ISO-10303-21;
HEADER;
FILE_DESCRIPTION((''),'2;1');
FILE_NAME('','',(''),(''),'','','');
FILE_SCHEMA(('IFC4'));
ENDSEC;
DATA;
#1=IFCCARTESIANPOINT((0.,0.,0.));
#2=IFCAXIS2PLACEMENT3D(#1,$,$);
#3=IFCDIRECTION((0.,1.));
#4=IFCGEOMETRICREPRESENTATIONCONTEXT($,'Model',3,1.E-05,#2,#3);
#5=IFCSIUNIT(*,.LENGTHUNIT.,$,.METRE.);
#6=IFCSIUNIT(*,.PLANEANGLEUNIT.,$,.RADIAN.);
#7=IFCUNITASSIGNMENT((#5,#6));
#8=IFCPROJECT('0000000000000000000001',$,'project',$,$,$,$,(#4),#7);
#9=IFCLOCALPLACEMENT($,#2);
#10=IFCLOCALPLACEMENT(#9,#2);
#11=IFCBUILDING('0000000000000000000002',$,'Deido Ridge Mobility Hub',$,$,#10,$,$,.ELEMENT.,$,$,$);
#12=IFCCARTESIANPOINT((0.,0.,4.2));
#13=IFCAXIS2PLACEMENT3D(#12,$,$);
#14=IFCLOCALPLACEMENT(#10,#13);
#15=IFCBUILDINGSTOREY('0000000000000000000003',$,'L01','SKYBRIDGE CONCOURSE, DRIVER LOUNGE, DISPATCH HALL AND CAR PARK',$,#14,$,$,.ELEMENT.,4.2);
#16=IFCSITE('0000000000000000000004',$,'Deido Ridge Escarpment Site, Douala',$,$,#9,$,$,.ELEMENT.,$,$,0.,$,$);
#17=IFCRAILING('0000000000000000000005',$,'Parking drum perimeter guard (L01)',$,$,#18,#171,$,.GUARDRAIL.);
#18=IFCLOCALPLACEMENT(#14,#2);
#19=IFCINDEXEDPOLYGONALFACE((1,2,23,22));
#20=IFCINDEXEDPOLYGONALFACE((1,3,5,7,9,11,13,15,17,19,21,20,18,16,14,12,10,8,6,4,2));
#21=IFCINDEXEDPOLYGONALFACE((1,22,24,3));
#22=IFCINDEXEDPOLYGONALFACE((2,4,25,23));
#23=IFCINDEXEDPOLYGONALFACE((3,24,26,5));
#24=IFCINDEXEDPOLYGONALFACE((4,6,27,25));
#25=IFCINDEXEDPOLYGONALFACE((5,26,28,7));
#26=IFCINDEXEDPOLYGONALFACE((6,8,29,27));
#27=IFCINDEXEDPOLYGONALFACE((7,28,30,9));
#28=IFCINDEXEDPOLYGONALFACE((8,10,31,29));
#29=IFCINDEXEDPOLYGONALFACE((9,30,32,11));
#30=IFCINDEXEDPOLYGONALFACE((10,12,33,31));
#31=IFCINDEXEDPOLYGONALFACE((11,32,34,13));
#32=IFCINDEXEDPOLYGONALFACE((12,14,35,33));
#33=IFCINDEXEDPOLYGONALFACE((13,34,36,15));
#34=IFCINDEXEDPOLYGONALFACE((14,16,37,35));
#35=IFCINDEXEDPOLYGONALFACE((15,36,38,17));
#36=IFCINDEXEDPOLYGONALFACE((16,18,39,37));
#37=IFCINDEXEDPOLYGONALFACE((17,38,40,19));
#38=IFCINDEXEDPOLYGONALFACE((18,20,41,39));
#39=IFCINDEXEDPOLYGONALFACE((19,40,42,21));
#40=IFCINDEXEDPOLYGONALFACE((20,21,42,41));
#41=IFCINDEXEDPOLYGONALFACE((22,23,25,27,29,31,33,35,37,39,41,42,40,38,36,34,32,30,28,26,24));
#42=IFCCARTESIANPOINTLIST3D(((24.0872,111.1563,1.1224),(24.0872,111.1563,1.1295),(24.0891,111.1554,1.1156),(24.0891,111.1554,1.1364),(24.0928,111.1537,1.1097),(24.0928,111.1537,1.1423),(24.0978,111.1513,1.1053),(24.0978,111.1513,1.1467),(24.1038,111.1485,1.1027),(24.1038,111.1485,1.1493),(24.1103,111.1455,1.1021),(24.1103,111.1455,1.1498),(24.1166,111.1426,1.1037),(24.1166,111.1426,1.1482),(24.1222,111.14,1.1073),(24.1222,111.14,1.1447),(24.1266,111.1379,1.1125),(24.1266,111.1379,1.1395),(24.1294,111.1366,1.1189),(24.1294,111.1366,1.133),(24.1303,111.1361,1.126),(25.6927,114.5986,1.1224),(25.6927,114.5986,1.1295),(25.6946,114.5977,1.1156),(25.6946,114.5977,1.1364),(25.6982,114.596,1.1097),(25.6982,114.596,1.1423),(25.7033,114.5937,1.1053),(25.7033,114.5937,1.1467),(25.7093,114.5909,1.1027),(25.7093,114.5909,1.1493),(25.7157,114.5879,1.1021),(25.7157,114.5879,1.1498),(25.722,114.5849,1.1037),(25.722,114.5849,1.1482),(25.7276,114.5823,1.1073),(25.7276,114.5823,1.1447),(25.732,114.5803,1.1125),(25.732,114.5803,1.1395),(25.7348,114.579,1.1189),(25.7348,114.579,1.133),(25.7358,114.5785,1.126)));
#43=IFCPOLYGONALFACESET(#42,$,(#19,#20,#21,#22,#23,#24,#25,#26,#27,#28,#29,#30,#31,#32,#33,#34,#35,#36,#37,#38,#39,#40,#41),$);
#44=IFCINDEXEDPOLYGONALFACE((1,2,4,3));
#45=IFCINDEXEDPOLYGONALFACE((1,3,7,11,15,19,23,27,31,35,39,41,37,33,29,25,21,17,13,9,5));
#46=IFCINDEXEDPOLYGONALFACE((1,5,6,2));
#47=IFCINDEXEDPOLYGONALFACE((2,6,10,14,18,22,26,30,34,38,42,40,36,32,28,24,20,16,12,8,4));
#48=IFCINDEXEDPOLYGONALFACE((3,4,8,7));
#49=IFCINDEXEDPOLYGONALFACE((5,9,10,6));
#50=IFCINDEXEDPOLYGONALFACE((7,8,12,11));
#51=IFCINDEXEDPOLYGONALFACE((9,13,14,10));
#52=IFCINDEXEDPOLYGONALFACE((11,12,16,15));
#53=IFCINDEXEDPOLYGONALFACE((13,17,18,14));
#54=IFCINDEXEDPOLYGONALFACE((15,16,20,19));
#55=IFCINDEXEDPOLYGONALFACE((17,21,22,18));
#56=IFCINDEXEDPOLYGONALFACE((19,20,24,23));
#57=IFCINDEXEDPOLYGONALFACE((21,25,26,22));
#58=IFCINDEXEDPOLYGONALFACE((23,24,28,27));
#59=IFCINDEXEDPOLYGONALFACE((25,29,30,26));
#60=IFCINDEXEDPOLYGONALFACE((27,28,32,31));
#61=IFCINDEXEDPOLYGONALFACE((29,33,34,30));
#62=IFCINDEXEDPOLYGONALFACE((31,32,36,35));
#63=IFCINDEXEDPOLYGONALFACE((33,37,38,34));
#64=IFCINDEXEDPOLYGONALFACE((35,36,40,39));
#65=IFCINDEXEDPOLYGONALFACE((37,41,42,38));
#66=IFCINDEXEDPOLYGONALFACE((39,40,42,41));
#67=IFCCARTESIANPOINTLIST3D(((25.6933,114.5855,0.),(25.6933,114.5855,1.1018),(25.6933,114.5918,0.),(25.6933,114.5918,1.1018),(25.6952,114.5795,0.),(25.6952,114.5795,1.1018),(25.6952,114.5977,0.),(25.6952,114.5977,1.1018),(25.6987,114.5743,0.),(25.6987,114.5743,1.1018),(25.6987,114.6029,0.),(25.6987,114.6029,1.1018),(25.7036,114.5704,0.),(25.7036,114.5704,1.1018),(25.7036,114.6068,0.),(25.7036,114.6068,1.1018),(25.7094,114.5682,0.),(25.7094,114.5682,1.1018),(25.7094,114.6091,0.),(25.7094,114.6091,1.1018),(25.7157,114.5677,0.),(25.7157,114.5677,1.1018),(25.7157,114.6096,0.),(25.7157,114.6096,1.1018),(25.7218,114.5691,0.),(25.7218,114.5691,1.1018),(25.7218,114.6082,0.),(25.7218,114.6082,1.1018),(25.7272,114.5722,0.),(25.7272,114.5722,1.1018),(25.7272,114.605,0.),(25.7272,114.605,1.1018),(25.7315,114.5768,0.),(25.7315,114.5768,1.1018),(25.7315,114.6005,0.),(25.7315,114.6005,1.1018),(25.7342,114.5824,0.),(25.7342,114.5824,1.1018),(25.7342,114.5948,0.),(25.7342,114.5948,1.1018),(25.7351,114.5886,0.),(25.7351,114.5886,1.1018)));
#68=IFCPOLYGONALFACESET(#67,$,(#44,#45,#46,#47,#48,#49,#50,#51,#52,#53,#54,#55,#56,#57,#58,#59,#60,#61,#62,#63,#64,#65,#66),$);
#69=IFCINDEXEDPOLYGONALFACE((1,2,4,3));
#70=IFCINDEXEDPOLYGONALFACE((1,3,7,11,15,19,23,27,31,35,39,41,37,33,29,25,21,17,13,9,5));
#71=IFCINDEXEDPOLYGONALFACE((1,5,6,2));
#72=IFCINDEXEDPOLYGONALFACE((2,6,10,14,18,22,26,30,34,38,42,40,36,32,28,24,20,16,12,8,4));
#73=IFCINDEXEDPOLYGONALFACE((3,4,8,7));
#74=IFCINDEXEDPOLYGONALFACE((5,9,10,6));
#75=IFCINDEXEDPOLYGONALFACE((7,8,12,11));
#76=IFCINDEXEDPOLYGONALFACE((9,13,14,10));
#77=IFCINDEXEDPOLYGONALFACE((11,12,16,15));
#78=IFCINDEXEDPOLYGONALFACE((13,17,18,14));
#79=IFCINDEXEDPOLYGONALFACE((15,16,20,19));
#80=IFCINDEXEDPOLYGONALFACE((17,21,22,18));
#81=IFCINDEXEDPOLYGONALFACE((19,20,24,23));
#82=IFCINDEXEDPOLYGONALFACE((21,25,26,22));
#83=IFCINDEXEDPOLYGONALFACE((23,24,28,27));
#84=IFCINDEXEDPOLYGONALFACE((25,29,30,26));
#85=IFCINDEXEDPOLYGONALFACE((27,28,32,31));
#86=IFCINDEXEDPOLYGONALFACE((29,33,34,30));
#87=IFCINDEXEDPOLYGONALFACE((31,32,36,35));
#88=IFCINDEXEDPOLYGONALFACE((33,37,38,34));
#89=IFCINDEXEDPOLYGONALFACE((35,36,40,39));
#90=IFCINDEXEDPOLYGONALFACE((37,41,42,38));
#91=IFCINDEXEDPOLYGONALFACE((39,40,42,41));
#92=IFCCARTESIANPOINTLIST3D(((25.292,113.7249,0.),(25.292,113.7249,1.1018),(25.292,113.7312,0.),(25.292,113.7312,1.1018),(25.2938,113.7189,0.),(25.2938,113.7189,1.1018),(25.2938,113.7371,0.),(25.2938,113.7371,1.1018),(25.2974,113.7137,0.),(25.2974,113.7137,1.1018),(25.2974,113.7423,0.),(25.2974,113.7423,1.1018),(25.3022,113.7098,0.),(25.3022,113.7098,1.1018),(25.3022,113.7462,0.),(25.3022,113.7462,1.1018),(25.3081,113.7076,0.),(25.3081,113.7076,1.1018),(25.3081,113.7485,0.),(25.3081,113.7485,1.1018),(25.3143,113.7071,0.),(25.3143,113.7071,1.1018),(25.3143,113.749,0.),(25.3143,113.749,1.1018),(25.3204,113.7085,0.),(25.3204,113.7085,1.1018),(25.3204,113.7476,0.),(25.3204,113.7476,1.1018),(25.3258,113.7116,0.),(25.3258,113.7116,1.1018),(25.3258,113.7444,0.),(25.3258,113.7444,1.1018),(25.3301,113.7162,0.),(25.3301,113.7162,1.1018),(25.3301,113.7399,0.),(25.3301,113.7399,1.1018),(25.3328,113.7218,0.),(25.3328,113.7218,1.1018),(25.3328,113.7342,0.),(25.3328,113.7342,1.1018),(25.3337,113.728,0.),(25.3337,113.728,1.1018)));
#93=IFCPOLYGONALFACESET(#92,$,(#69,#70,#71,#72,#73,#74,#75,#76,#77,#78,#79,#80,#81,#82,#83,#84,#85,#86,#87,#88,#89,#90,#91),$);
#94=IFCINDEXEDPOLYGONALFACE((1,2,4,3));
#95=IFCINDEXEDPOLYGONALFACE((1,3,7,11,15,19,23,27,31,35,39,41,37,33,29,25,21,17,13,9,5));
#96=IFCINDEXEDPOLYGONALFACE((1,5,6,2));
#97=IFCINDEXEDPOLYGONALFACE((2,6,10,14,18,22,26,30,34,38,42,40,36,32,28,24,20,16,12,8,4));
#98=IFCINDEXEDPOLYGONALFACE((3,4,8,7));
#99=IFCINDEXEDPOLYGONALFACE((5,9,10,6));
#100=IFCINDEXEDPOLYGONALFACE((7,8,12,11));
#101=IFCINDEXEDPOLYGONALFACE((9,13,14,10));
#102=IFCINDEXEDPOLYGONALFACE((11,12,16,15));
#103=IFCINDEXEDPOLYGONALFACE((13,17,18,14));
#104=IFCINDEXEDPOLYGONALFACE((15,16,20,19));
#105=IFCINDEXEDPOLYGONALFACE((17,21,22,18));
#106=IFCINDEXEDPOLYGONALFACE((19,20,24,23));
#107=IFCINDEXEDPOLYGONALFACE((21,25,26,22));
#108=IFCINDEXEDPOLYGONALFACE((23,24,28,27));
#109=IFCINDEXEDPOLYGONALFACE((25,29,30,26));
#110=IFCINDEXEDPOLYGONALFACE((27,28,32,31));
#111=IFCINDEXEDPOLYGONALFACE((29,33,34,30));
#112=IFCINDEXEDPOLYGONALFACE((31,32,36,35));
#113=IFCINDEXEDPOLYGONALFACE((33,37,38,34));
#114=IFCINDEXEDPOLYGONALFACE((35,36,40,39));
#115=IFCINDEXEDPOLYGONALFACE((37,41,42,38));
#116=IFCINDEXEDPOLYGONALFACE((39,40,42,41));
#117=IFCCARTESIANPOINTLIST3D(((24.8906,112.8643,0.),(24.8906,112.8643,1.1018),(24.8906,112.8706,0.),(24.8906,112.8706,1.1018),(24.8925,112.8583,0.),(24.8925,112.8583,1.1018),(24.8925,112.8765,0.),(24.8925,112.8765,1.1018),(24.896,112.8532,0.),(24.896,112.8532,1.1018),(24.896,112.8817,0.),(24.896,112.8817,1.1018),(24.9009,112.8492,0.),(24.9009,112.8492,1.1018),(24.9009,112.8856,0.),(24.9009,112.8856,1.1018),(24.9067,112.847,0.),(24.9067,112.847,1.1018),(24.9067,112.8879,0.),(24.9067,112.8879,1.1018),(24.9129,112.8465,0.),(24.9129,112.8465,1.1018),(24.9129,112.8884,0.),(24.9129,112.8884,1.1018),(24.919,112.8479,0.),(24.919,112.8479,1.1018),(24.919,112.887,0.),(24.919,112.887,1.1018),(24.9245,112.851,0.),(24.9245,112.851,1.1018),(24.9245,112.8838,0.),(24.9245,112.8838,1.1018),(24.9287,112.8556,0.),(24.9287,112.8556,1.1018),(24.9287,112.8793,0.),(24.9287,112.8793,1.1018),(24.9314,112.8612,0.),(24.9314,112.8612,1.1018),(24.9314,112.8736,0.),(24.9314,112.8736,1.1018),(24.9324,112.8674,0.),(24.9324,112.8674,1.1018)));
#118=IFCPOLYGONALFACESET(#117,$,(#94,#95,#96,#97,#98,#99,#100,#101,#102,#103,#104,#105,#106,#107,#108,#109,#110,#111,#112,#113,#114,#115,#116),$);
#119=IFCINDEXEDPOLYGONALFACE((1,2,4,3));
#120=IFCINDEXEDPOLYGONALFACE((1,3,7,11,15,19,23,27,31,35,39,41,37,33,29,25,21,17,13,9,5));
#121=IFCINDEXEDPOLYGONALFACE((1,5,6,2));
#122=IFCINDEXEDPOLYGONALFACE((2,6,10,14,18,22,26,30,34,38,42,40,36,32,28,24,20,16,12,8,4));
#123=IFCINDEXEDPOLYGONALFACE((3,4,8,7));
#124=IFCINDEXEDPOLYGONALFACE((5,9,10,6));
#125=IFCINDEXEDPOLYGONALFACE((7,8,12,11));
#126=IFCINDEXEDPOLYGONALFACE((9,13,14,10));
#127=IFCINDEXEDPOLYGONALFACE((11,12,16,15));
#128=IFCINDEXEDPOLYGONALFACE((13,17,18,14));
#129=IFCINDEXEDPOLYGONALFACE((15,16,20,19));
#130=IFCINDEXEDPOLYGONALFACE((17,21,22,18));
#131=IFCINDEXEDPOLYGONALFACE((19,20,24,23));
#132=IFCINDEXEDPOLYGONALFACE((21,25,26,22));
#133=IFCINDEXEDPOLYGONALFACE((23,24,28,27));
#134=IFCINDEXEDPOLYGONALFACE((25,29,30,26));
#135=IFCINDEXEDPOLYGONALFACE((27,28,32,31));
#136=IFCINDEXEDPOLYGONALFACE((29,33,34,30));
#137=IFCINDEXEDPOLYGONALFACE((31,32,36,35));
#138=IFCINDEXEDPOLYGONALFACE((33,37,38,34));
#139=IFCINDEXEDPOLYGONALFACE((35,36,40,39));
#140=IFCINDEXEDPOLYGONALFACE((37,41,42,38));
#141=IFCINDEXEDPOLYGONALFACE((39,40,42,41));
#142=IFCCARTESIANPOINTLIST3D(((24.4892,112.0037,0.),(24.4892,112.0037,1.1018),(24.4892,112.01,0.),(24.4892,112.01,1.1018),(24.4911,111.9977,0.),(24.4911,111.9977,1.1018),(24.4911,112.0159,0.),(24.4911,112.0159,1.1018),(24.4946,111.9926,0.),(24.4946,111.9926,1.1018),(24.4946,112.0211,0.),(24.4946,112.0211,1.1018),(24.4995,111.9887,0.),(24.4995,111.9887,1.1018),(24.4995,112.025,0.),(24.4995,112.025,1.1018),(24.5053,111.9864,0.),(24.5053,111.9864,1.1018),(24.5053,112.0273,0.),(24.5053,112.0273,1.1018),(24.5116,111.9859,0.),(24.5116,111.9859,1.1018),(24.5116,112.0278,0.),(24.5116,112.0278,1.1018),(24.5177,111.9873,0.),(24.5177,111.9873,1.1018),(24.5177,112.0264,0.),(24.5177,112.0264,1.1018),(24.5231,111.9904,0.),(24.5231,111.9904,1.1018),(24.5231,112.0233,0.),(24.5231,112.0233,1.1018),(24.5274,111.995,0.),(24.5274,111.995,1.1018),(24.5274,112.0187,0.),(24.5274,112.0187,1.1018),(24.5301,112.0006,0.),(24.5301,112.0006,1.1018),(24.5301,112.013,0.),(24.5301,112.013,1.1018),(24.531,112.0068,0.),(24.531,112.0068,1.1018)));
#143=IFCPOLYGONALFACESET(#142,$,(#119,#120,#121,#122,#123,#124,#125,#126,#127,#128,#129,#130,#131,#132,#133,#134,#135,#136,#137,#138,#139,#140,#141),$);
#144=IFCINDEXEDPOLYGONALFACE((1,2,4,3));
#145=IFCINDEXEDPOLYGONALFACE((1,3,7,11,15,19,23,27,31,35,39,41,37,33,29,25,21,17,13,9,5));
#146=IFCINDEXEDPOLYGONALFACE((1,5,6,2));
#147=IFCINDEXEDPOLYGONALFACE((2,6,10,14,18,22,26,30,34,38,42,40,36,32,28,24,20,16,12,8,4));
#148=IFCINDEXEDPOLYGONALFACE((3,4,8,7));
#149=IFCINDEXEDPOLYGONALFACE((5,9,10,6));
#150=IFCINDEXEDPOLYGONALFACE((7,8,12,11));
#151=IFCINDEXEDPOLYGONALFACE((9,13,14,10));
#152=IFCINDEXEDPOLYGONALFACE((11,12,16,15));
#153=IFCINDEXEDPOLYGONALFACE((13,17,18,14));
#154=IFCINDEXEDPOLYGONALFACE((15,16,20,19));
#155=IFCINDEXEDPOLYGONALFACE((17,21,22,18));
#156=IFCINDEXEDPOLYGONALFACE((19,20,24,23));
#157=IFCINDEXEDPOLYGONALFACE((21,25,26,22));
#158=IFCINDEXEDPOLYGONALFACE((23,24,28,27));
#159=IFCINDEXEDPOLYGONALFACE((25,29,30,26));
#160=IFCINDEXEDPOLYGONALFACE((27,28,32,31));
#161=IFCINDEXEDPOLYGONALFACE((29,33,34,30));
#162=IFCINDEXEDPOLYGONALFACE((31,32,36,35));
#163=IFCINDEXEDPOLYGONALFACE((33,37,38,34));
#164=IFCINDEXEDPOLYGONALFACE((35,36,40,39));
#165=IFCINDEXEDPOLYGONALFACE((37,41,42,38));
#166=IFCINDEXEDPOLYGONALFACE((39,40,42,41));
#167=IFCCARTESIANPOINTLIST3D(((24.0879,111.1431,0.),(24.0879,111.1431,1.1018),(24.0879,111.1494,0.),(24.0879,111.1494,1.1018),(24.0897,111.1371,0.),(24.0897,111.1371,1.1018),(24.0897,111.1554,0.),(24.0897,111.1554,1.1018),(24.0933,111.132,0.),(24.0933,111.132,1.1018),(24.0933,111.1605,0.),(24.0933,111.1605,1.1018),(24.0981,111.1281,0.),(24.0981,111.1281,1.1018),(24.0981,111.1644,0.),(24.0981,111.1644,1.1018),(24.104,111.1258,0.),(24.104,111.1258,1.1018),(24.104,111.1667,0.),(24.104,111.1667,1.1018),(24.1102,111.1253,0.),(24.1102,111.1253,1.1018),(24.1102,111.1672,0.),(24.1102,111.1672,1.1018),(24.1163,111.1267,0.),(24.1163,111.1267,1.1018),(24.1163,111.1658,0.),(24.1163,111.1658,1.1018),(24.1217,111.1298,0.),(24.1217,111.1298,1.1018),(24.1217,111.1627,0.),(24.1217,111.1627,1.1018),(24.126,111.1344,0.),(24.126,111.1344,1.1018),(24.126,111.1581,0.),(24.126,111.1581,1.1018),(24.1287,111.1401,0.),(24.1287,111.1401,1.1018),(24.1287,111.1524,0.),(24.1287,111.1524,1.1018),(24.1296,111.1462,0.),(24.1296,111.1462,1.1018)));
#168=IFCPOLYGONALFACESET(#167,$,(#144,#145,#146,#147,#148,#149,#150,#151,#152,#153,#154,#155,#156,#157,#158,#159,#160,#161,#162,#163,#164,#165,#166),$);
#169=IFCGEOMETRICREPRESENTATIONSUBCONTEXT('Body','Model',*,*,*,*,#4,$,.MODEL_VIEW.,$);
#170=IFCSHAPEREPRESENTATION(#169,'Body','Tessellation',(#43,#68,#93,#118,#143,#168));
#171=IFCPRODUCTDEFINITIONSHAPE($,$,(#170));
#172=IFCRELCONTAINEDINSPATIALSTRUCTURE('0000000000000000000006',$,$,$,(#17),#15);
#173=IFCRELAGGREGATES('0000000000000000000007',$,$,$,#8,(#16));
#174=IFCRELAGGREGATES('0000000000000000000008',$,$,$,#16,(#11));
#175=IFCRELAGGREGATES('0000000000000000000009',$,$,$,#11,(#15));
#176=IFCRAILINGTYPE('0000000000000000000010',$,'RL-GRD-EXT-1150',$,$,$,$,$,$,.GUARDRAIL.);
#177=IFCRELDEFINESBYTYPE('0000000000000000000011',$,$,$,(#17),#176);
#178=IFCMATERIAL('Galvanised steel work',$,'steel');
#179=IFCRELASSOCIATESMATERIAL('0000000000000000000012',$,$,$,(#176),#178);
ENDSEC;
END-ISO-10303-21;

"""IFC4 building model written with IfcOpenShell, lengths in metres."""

from ifc_helpers import new_model, si_unit, direction, frame, origin, origin_2d, place, context, subcontext, project, spatial, circle, extrude, material, type_object, element, save


model = new_model("IFC4")

# Units and contexts
model_context = context("Model", 3, precision=1e-05, world=origin(), true_north=direction((0.0, 1.0)))
body_context = subcontext(model_context, "Body", "Model", "MODEL_VIEW")
ifc_project = project(units=[si_unit("LENGTHUNIT", "METRE"), si_unit("PLANEANGLEUNIT", "RADIAN")], contexts=[model_context])

# Site, building, storey
site_placement = place(None, origin())
site = spatial("IfcSite", under=ifc_project, at=site_placement, Name="Deido Ridge Escarpment Site, Douala", CompositionType="ELEMENT", RefElevation=0.0)
building_placement = place(site_placement, origin())
building = spatial("IfcBuilding", under=site, at=building_placement, Name="Deido Ridge Mobility Hub", CompositionType="ELEMENT")
storey_placement = place(building_placement, frame((0.0, 0.0, 4.2)))
storey = spatial("IfcBuildingStorey", under=building, at=storey_placement, Name="L01", Description="SKYBRIDGE CONCOURSE, DRIVER LOUNGE, DISPATCH HALL AND CAR PARK", CompositionType="ELEMENT", Elevation=4.2)

# Railing
ifc_material_1 = material(Name="Galvanised steel work", Category="steel")
railing_type = type_object("IfcRailingType", Name="RL-GRD-EXT-1150", PredefinedType="GUARDRAIL", material=ifc_material_1)
railing_1_placement = place(storey_placement, frame((25.7141, 114.5886, 0.0)))
element("IfcRailing", 1, at=railing_1_placement, inside=storey, type_object=railing_type, Name="Parking drum perimeter guard (L01)", PredefinedType="GUARDRAIL", context=body_context, shape_type="SweptSolid", body=[
    extrude(circle(Radius=0.0239, at=origin_2d()), frame((0.0, 0.0, 1.126), z_axis=(-0.422674, -0.906282, 0.0), x_axis=(0.906282, -0.422674, 0.0)), (0.0, 0.0, 1.0), 3.7983),
    extrude(circle(Radius=0.021, at=origin_2d()), origin(), (0.0, 0.0, 1.0), 1.1018),
    extrude(circle(Radius=0.021, at=origin_2d()), frame((-0.4014, -0.8606, 0.0)), (0.0, 0.0, 1.0), 1.1018),
    extrude(circle(Radius=0.021, at=origin_2d()), frame((-0.8027, -1.7212, 0.0)), (0.0, 0.0, 1.0), 1.1018),
    extrude(circle(Radius=0.021, at=origin_2d()), frame((-1.2041, -2.5818, 0.0)), (0.0, 0.0, 1.0), 1.1018),
    extrude(circle(Radius=0.021, at=origin_2d()), frame((-1.6055, -3.4424, 0.0)), (0.0, 0.0, 1.0), 1.1018),
])

save(model, "model.ifc")
